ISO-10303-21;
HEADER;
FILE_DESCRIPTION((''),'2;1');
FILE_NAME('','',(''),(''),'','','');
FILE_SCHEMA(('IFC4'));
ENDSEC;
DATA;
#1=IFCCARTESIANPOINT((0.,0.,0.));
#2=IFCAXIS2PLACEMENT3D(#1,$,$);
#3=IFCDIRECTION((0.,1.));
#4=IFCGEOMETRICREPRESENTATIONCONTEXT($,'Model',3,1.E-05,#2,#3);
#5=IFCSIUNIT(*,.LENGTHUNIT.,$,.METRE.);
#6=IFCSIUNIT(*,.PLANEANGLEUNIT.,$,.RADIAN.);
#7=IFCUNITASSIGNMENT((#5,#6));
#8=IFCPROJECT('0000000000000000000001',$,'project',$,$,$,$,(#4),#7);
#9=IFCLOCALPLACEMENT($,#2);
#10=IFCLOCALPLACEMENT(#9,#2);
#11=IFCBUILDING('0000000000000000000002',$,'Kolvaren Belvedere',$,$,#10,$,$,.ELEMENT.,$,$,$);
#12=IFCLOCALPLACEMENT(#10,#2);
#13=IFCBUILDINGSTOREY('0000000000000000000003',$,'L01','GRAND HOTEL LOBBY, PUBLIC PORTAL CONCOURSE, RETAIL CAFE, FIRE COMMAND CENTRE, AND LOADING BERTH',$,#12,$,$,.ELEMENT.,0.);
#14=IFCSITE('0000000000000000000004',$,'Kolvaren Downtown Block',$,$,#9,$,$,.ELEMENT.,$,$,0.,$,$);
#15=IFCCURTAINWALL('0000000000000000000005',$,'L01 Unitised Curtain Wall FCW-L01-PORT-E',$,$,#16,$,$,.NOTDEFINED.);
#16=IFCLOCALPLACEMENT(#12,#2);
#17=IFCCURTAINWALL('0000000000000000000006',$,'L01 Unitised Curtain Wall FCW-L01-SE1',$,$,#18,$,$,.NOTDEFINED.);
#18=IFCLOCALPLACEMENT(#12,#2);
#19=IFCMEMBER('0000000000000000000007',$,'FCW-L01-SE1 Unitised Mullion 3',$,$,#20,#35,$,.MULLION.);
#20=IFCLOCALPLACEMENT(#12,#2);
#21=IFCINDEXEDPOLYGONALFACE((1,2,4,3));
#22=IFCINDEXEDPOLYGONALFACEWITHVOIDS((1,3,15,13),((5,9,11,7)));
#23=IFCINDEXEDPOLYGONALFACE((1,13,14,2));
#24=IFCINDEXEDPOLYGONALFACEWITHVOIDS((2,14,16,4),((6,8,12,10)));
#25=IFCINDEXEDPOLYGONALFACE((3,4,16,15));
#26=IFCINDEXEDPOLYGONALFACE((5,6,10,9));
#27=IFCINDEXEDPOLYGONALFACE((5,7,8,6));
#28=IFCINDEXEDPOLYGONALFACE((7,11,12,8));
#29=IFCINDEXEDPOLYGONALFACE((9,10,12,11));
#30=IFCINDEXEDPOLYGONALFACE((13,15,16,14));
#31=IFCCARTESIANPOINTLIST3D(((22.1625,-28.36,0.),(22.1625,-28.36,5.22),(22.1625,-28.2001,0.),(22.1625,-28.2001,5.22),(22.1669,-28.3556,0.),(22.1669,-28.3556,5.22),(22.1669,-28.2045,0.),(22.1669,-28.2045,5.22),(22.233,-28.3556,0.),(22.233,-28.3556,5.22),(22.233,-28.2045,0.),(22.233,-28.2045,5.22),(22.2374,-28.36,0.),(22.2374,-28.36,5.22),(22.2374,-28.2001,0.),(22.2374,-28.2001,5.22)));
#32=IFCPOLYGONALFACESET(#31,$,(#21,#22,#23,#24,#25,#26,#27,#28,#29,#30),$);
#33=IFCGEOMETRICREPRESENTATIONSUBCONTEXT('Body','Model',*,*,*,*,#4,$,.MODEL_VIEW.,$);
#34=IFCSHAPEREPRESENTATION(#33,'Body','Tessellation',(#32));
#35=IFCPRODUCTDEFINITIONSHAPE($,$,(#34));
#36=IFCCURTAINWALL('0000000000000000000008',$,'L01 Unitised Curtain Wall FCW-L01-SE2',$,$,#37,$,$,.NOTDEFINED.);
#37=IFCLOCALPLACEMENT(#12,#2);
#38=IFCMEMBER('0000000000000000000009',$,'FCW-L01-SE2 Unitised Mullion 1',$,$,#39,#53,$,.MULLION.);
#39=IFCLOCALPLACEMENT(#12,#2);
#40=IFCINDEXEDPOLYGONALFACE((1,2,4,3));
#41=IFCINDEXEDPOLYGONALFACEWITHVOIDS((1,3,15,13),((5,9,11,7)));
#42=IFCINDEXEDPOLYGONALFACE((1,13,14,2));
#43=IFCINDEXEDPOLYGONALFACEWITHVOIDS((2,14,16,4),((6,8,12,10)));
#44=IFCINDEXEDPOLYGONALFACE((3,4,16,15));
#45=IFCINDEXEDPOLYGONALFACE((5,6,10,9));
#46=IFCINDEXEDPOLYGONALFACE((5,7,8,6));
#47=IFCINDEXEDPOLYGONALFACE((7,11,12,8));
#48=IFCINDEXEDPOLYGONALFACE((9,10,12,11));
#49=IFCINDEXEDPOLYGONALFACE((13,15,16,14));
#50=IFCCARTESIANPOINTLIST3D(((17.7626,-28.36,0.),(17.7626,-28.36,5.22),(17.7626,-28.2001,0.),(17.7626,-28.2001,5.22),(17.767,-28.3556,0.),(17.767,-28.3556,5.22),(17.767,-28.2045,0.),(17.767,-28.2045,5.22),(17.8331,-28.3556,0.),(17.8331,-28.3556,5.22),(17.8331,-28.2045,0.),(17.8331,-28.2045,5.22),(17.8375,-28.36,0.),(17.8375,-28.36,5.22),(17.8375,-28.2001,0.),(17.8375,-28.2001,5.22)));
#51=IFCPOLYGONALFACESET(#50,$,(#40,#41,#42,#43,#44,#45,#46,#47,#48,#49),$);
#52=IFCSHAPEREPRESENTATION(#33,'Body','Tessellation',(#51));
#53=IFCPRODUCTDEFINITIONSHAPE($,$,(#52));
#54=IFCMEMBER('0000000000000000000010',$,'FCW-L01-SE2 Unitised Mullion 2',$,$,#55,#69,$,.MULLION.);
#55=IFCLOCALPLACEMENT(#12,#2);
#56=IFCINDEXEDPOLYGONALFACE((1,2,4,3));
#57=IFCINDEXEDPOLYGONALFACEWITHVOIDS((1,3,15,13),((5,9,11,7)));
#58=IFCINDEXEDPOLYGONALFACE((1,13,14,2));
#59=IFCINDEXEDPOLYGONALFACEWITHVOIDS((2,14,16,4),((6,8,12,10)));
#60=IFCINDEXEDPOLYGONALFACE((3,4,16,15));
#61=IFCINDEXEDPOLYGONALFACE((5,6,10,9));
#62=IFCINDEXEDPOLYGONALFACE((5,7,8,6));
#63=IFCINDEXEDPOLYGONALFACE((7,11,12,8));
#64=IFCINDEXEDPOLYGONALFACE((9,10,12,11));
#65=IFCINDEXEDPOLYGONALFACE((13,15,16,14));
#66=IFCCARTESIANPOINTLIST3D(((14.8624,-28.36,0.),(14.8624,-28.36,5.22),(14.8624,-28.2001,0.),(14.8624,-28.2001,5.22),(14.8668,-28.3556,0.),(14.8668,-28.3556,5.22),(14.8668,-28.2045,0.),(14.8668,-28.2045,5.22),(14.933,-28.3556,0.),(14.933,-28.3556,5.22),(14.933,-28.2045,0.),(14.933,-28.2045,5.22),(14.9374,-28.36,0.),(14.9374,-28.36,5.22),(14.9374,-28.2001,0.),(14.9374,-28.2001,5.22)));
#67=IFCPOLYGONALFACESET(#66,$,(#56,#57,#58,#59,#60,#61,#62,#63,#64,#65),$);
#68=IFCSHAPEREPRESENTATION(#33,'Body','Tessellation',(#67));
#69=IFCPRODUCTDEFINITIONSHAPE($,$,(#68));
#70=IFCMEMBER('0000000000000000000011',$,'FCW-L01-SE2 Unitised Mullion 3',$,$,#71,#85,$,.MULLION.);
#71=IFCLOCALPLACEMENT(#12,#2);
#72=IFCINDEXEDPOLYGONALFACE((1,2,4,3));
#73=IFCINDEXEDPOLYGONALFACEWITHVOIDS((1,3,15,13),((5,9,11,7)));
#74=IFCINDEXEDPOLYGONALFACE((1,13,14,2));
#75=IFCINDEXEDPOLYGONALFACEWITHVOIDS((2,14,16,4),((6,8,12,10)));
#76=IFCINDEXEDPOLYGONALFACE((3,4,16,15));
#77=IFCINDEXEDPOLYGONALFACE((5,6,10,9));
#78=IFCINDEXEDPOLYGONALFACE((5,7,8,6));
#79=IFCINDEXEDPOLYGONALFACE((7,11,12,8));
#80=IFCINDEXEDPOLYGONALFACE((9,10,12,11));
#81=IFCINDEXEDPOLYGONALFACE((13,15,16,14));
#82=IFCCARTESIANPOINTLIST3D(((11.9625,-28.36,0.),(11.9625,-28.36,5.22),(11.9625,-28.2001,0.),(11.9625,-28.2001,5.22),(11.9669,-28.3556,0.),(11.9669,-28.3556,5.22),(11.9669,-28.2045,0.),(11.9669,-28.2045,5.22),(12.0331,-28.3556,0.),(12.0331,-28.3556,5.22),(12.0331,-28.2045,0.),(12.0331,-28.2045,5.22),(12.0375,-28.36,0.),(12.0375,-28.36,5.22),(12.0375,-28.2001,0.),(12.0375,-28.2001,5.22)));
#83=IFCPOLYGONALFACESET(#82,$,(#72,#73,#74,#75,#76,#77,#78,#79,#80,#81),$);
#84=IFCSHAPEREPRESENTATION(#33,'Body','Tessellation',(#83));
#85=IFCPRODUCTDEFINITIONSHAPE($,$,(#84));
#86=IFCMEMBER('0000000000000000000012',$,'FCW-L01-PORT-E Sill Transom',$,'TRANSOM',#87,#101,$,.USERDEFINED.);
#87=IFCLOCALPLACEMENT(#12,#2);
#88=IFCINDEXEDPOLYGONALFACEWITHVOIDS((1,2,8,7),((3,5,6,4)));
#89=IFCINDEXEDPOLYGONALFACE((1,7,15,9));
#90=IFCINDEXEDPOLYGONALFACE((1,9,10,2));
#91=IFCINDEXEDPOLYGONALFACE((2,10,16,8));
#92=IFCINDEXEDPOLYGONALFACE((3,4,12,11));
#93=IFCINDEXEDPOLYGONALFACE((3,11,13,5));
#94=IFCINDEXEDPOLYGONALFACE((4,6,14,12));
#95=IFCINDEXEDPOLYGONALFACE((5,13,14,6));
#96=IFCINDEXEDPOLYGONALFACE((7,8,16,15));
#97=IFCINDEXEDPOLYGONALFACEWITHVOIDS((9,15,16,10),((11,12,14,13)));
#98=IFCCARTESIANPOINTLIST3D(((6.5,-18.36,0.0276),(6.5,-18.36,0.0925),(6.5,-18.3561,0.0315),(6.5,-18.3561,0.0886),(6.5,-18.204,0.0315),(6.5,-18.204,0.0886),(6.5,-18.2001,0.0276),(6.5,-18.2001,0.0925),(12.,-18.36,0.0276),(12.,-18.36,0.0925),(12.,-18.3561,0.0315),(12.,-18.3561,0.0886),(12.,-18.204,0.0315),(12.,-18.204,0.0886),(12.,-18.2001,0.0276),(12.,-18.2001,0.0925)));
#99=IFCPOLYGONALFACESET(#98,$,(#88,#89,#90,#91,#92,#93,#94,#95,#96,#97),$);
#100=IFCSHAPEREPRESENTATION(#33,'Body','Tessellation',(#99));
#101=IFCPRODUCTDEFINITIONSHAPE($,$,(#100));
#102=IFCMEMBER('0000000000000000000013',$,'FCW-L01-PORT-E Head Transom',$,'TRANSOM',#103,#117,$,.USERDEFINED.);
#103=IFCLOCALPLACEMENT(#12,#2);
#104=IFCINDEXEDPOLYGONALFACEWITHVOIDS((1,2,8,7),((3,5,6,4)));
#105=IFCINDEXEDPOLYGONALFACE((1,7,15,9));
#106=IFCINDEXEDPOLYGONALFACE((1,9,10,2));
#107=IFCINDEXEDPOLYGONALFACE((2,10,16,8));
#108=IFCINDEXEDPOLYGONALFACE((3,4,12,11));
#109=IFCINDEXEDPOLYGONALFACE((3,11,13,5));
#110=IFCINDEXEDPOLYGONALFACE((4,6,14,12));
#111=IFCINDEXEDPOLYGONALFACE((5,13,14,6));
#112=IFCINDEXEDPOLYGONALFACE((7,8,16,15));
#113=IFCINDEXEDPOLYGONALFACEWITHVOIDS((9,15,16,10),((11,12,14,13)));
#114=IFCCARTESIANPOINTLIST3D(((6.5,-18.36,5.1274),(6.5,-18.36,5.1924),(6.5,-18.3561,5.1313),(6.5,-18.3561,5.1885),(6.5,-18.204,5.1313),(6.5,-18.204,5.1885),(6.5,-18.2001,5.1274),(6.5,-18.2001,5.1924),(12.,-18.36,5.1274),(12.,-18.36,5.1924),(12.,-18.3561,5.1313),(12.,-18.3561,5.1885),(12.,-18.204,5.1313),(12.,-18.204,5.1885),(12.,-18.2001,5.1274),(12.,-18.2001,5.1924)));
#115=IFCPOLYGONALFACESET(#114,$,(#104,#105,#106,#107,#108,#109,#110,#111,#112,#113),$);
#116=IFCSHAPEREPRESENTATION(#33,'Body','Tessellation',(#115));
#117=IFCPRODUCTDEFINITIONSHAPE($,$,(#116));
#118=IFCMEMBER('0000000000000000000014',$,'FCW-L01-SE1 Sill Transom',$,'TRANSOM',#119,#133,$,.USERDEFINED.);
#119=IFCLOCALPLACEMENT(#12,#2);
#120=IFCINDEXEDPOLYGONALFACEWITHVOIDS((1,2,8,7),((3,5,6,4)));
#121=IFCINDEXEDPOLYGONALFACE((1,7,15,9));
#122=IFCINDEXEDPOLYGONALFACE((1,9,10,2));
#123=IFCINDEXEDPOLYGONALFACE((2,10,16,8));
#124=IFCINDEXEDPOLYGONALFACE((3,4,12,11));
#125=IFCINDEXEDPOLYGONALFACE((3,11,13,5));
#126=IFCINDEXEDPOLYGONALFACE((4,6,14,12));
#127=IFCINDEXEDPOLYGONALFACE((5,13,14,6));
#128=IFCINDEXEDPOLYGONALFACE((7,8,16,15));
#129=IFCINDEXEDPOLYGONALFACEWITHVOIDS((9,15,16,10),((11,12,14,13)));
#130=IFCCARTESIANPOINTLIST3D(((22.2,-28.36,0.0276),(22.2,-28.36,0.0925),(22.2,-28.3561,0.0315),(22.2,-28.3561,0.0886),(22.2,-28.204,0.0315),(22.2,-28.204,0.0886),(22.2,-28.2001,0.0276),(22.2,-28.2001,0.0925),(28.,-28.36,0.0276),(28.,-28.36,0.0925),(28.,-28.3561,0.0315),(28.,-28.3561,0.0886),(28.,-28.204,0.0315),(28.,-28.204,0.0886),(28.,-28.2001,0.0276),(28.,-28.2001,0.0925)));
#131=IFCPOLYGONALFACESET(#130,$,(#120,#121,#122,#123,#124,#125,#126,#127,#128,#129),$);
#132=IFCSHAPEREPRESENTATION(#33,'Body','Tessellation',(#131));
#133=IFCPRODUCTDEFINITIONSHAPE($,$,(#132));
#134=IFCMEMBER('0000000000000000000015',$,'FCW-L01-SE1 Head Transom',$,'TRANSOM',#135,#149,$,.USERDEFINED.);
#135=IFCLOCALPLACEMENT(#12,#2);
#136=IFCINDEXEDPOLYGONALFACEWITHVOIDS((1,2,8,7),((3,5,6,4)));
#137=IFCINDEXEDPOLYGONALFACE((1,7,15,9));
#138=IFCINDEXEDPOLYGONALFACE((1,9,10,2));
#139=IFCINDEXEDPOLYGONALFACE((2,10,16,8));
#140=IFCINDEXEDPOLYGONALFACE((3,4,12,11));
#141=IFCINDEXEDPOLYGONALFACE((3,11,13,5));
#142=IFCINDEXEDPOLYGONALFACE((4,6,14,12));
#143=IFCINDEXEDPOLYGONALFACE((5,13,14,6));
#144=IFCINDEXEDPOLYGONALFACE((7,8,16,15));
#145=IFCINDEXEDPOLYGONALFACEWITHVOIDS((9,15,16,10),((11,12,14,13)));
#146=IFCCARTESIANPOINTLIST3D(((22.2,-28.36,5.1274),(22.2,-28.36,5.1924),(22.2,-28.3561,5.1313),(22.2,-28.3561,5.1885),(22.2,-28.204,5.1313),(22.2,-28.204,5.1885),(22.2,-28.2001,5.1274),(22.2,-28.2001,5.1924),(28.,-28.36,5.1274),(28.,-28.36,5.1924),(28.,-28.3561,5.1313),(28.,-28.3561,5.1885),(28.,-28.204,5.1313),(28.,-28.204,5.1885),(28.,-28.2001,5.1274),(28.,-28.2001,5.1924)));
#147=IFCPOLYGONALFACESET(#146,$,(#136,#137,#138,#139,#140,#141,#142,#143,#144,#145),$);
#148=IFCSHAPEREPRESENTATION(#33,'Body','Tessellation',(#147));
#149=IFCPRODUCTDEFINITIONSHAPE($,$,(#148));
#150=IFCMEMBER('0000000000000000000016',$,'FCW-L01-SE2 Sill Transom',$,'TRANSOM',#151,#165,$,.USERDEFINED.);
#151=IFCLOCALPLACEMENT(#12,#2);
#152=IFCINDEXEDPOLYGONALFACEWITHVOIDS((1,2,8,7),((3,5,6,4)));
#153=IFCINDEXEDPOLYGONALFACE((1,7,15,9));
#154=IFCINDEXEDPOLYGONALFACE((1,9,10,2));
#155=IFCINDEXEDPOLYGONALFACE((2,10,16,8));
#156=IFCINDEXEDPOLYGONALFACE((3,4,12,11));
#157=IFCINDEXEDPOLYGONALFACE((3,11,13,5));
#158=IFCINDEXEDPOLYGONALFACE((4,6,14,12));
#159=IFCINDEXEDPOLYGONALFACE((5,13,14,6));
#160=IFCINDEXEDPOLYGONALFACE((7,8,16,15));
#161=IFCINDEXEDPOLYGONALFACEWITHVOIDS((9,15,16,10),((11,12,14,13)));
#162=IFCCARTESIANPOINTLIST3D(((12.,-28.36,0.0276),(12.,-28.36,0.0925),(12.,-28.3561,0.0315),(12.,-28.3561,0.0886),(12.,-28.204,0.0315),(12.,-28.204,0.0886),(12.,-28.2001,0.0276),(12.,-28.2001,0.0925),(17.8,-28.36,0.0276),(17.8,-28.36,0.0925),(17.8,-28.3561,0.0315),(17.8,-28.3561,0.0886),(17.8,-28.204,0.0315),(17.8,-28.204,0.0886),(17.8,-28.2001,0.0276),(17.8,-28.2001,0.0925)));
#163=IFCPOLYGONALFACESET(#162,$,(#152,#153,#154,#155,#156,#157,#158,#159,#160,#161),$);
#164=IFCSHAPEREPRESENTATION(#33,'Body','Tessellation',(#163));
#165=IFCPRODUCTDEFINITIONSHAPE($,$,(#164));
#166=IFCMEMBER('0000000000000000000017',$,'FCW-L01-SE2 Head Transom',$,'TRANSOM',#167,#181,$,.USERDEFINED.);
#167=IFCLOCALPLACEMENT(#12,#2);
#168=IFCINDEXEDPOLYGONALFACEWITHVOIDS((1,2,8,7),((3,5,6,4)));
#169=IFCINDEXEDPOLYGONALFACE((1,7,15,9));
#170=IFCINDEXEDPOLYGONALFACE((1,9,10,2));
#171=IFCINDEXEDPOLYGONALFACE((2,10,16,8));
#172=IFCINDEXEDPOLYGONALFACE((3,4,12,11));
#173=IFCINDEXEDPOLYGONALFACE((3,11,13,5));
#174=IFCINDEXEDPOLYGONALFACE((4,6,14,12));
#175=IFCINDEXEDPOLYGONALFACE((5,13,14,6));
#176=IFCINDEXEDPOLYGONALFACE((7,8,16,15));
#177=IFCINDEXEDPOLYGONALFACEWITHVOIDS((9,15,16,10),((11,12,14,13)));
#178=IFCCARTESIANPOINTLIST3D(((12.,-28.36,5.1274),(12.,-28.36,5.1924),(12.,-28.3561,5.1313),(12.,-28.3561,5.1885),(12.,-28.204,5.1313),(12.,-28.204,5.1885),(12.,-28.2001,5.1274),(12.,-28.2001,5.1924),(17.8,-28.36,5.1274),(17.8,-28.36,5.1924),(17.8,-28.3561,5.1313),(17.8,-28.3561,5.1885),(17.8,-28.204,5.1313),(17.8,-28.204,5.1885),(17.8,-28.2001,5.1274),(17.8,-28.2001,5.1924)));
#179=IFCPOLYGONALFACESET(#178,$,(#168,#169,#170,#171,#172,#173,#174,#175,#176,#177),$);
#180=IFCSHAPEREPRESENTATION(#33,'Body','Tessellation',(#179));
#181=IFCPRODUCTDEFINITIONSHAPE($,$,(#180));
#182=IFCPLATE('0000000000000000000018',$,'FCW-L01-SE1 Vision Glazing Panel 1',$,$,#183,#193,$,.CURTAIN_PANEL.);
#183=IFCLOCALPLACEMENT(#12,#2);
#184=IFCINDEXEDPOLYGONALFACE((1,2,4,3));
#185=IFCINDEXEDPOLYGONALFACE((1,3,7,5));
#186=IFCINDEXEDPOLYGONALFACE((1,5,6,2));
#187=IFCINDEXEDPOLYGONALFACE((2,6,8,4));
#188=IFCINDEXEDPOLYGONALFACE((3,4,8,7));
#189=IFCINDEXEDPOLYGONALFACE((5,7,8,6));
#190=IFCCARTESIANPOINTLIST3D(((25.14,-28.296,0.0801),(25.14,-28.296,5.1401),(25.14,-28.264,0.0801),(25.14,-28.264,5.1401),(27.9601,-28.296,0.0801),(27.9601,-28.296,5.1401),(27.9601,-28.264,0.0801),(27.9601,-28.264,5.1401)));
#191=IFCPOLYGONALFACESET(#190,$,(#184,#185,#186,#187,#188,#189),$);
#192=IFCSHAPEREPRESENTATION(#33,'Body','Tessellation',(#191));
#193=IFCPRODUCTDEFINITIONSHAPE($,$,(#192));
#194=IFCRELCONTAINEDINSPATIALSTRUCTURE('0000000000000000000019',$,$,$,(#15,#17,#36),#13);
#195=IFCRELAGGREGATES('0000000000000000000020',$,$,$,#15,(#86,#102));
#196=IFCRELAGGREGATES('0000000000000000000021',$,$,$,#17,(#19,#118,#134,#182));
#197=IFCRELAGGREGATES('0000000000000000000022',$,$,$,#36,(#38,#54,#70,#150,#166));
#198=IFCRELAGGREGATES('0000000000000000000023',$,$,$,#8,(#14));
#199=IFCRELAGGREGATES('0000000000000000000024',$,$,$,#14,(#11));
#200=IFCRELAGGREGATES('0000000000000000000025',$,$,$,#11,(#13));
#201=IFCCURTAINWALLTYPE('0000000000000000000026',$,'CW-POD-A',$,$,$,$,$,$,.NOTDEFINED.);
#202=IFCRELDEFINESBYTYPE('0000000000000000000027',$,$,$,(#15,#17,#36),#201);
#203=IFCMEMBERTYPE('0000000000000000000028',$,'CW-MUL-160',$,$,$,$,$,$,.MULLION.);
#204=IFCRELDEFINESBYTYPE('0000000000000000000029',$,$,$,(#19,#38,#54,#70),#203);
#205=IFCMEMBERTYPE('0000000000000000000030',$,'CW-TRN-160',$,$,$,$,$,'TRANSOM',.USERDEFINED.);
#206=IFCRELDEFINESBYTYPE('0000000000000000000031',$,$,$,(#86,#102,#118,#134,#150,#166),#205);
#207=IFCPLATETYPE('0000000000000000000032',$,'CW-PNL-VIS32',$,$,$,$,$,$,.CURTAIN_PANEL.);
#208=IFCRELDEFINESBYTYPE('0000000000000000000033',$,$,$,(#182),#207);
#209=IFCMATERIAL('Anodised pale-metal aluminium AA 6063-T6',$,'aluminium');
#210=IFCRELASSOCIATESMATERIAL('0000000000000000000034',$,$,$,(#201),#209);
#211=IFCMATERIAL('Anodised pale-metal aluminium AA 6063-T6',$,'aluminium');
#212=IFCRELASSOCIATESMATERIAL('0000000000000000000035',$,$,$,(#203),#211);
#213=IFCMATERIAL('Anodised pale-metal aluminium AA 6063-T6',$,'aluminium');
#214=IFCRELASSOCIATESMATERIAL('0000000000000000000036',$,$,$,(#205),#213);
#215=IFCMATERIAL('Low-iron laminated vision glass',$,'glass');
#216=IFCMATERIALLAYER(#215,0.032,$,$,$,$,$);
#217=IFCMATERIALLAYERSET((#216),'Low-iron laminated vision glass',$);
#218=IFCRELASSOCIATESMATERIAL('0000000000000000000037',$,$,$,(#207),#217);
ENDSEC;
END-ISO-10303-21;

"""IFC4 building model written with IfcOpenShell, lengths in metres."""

from ifc_helpers import new_model, si_unit, direction, frame, origin, origin_2d, place, context, subcontext, project, spatial, rectangle, hollow_rectangle, extrude, material, layer, layer_set, material_profile, profile_set, type_object, element, aggregate, save


model = new_model("IFC4")

# Units and contexts
model_context = context("Model", 3, precision=1e-05, world=origin(), true_north=direction((0.0, 1.0)))
body_context = subcontext(model_context, "Body", "Model", "MODEL_VIEW")
ifc_project = project(units=[si_unit("LENGTHUNIT", "METRE"), si_unit("PLANEANGLEUNIT", "RADIAN")], contexts=[model_context])

# Site, building, storey
site_placement = place(None, origin())
site = spatial("IfcSite", under=ifc_project, at=site_placement, Name="Kolvaren Downtown Block", CompositionType="ELEMENT", RefElevation=0.0)
building_placement = place(site_placement, origin())
building = spatial("IfcBuilding", under=site, at=building_placement, Name="Kolvaren Belvedere", CompositionType="ELEMENT")
storey_placement = place(building_placement, origin())
storey = spatial("IfcBuildingStorey", under=building, at=storey_placement, Name="L01", Description="GRAND HOTEL LOBBY, PUBLIC PORTAL CONCOURSE, RETAIL CAFE, FIRE COMMAND CENTRE, AND LOADING BERTH", CompositionType="ELEMENT", Elevation=0.0)

# Curtain wall
ifc_material_1 = material(Name="Anodised pale-metal aluminium AA 6063-T6", Category="aluminium")
curtain_wall_type = type_object("IfcCurtainWallType", Name="CW-POD-A", PredefinedType="NOTDEFINED", material=ifc_material_1)
curtain_wall_1_placement = place(storey_placement, origin())
curtain_wall_1 = element("IfcCurtainWall", 1, at=curtain_wall_1_placement, inside=storey, type_object=curtain_wall_type, Name="L01 Unitised Curtain Wall FCW-L01-PORT-E", PredefinedType="NOTDEFINED")
ifc_material_2 = material(Name="Anodised pale-metal aluminium AA 6063-T6", Category="aluminium")
ifc_material_profile_1 = material_profile(ifc_material_2, hollow_rectangle(XDim=0.075, YDim=0.1599, WallThickness=0.0044, at=origin_2d()), Name="ALU-MUL-160X75")
ifc_profile_set_1 = profile_set([ifc_material_profile_1], Name="Anodised pale-metal aluminium AA 6063-T6")
member_type_1 = type_object("IfcMemberType", Name="CW-MUL-160", PredefinedType="MULLION", material=ifc_profile_set_1)

# Curtain walls, members
curtain_wall_2_placement = place(storey_placement, origin())
curtain_wall_2 = element("IfcCurtainWall", 2, at=curtain_wall_2_placement, inside=storey, type_object=curtain_wall_type, Name="L01 Unitised Curtain Wall FCW-L01-SE1", PredefinedType="NOTDEFINED")
member_1_placement = place(storey_placement, frame((22.2, -28.28, 0.0), z_axis=(0.0, 0.0, 1.0), x_axis=(1.0, 0.0, 0.0)))
member_1 = element("IfcMember", 3, at=member_1_placement, type_object=member_type_1, Name="FCW-L01-SE1 Unitised Mullion 3", PredefinedType="MULLION", context=body_context, shape_type="SweptSolid", body=[
    extrude(hollow_rectangle(XDim=0.075, YDim=0.1599, WallThickness=0.0044, at=origin_2d()), origin(), (0.0, 0.0, 1.0), 5.22),
])
curtain_wall_3_placement = place(storey_placement, origin())
curtain_wall_3 = element("IfcCurtainWall", 4, at=curtain_wall_3_placement, inside=storey, type_object=curtain_wall_type, Name="L01 Unitised Curtain Wall FCW-L01-SE2", PredefinedType="NOTDEFINED")
member_2_placement = place(storey_placement, frame((17.8, -28.28, 0.0), z_axis=(0.0, 0.0, 1.0), x_axis=(1.0, 0.0, 0.0)))
member_2 = element("IfcMember", 5, at=member_2_placement, type_object=member_type_1, Name="FCW-L01-SE2 Unitised Mullion 1", PredefinedType="MULLION", context=body_context, shape_type="SweptSolid", body=[
    extrude(hollow_rectangle(XDim=0.075, YDim=0.1599, WallThickness=0.0044, at=origin_2d()), origin(), (0.0, 0.0, 1.0), 5.22),
])
member_3_placement = place(storey_placement, frame((14.8999, -28.28, 0.0), z_axis=(0.0, 0.0, 1.0), x_axis=(1.0, 0.0, 0.0)))
member_3 = element("IfcMember", 6, at=member_3_placement, type_object=member_type_1, Name="FCW-L01-SE2 Unitised Mullion 2", PredefinedType="MULLION", context=body_context, shape_type="SweptSolid", body=[
    extrude(hollow_rectangle(XDim=0.075, YDim=0.1599, WallThickness=0.0044, at=origin_2d()), origin(), (0.0, 0.0, 1.0), 5.22),
])
member_4_placement = place(storey_placement, frame((12.0, -28.28, 0.0), z_axis=(0.0, 0.0, 1.0), x_axis=(1.0, 0.0, 0.0)))
member_4 = element("IfcMember", 7, at=member_4_placement, type_object=member_type_1, Name="FCW-L01-SE2 Unitised Mullion 3", PredefinedType="MULLION", context=body_context, shape_type="SweptSolid", body=[
    extrude(hollow_rectangle(XDim=0.075, YDim=0.1599, WallThickness=0.0044, at=origin_2d()), origin(), (0.0, 0.0, 1.0), 5.22),
])

# Members
ifc_material_3 = material(Name="Anodised pale-metal aluminium AA 6063-T6", Category="aluminium")
ifc_material_profile_2 = material_profile(ifc_material_3, hollow_rectangle(XDim=0.0649, YDim=0.1599, WallThickness=0.0039, at=origin_2d()), Name="ALU-TRN-160X65")
ifc_profile_set_2 = profile_set([ifc_material_profile_2], Name="Anodised pale-metal aluminium AA 6063-T6")
member_type_2 = type_object("IfcMemberType", Name="CW-TRN-160", ElementType="TRANSOM", PredefinedType="USERDEFINED", material=ifc_profile_set_2)
member_5_placement = place(storey_placement, frame((12.0, -18.28, 0.0601), z_axis=(-1.0, 0.0, 0.0), x_axis=(0.0, 0.0, 1.0)))
member_5 = element("IfcMember", 8, at=member_5_placement, type_object=member_type_2, Name="FCW-L01-PORT-E Sill Transom", ObjectType="TRANSOM", PredefinedType="USERDEFINED", context=body_context, shape_type="SweptSolid", body=[
    extrude(hollow_rectangle(XDim=0.0649, YDim=0.1599, WallThickness=0.0039, at=origin_2d()), origin(), (0.0, 0.0, 1.0), 5.5),
])
member_6_placement = place(storey_placement, frame((12.0, -18.28, 5.1599), z_axis=(-1.0, 0.0, 0.0), x_axis=(0.0, 0.0, 1.0)))
member_6 = element("IfcMember", 9, at=member_6_placement, type_object=member_type_2, Name="FCW-L01-PORT-E Head Transom", ObjectType="TRANSOM", PredefinedType="USERDEFINED", context=body_context, shape_type="SweptSolid", body=[
    extrude(hollow_rectangle(XDim=0.0649, YDim=0.1599, WallThickness=0.0039, at=origin_2d()), origin(), (0.0, 0.0, 1.0), 5.5),
])
aggregate(curtain_wall_1, [member_5, member_6])
member_7_placement = place(storey_placement, frame((28.0, -28.28, 0.0601), z_axis=(-1.0, 0.0, 0.0), x_axis=(0.0, 0.0, 1.0)))
member_7 = element("IfcMember", 10, at=member_7_placement, type_object=member_type_2, Name="FCW-L01-SE1 Sill Transom", ObjectType="TRANSOM", PredefinedType="USERDEFINED", context=body_context, shape_type="SweptSolid", body=[
    extrude(hollow_rectangle(XDim=0.0649, YDim=0.1599, WallThickness=0.0039, at=origin_2d()), origin(), (0.0, 0.0, 1.0), 5.8),
])
member_8_placement = place(storey_placement, frame((28.0, -28.28, 5.1599), z_axis=(-1.0, 0.0, 0.0), x_axis=(0.0, 0.0, 1.0)))
member_8 = element("IfcMember", 11, at=member_8_placement, type_object=member_type_2, Name="FCW-L01-SE1 Head Transom", ObjectType="TRANSOM", PredefinedType="USERDEFINED", context=body_context, shape_type="SweptSolid", body=[
    extrude(hollow_rectangle(XDim=0.0649, YDim=0.1599, WallThickness=0.0039, at=origin_2d()), origin(), (0.0, 0.0, 1.0), 5.8),
])
member_9_placement = place(storey_placement, frame((17.8, -28.28, 0.0601), z_axis=(-1.0, 0.0, 0.0), x_axis=(0.0, 0.0, 1.0)))
member_9 = element("IfcMember", 12, at=member_9_placement, type_object=member_type_2, Name="FCW-L01-SE2 Sill Transom", ObjectType="TRANSOM", PredefinedType="USERDEFINED", context=body_context, shape_type="SweptSolid", body=[
    extrude(hollow_rectangle(XDim=0.0649, YDim=0.1599, WallThickness=0.0039, at=origin_2d()), origin(), (0.0, 0.0, 1.0), 5.8),
])
member_10_placement = place(storey_placement, frame((17.8, -28.28, 5.1599), z_axis=(-1.0, 0.0, 0.0), x_axis=(0.0, 0.0, 1.0)))
member_10 = element("IfcMember", 13, at=member_10_placement, type_object=member_type_2, Name="FCW-L01-SE2 Head Transom", ObjectType="TRANSOM", PredefinedType="USERDEFINED", context=body_context, shape_type="SweptSolid", body=[
    extrude(hollow_rectangle(XDim=0.0649, YDim=0.1599, WallThickness=0.0039, at=origin_2d()), origin(), (0.0, 0.0, 1.0), 5.8),
])

# Plate
ifc_material_4 = material(Name="Low-iron laminated vision glass", Category="glass")
ifc_layer_1 = layer(ifc_material_4, 0.032)
ifc_layer_set_1 = layer_set([ifc_layer_1], Name="Low-iron laminated vision glass")
plate_type_1 = type_object("IfcPlateType", Name="CW-PNL-VIS32", PredefinedType="CURTAIN_PANEL", material=ifc_layer_set_1)
plate_1_placement = place(storey_placement, frame((26.55, -28.28, 0.0801), z_axis=(0.0, 0.0, 1.0), x_axis=(-1.0, 0.0, 0.0)))
plate_1 = element("IfcPlate", 14, at=plate_1_placement, type_object=plate_type_1, Name="FCW-L01-SE1 Vision Glazing Panel 1", PredefinedType="CURTAIN_PANEL", context=body_context, shape_type="SweptSolid", body=[
    extrude(rectangle(XDim=2.8201, YDim=0.032, at=origin_2d()), origin(), (0.0, 0.0, 1.0), 5.0601),
])
aggregate(curtain_wall_2, [member_1, member_7, member_8, plate_1])
aggregate(curtain_wall_3, [member_2, member_3, member_4, member_9, member_10])

save(model, "model.ifc")
